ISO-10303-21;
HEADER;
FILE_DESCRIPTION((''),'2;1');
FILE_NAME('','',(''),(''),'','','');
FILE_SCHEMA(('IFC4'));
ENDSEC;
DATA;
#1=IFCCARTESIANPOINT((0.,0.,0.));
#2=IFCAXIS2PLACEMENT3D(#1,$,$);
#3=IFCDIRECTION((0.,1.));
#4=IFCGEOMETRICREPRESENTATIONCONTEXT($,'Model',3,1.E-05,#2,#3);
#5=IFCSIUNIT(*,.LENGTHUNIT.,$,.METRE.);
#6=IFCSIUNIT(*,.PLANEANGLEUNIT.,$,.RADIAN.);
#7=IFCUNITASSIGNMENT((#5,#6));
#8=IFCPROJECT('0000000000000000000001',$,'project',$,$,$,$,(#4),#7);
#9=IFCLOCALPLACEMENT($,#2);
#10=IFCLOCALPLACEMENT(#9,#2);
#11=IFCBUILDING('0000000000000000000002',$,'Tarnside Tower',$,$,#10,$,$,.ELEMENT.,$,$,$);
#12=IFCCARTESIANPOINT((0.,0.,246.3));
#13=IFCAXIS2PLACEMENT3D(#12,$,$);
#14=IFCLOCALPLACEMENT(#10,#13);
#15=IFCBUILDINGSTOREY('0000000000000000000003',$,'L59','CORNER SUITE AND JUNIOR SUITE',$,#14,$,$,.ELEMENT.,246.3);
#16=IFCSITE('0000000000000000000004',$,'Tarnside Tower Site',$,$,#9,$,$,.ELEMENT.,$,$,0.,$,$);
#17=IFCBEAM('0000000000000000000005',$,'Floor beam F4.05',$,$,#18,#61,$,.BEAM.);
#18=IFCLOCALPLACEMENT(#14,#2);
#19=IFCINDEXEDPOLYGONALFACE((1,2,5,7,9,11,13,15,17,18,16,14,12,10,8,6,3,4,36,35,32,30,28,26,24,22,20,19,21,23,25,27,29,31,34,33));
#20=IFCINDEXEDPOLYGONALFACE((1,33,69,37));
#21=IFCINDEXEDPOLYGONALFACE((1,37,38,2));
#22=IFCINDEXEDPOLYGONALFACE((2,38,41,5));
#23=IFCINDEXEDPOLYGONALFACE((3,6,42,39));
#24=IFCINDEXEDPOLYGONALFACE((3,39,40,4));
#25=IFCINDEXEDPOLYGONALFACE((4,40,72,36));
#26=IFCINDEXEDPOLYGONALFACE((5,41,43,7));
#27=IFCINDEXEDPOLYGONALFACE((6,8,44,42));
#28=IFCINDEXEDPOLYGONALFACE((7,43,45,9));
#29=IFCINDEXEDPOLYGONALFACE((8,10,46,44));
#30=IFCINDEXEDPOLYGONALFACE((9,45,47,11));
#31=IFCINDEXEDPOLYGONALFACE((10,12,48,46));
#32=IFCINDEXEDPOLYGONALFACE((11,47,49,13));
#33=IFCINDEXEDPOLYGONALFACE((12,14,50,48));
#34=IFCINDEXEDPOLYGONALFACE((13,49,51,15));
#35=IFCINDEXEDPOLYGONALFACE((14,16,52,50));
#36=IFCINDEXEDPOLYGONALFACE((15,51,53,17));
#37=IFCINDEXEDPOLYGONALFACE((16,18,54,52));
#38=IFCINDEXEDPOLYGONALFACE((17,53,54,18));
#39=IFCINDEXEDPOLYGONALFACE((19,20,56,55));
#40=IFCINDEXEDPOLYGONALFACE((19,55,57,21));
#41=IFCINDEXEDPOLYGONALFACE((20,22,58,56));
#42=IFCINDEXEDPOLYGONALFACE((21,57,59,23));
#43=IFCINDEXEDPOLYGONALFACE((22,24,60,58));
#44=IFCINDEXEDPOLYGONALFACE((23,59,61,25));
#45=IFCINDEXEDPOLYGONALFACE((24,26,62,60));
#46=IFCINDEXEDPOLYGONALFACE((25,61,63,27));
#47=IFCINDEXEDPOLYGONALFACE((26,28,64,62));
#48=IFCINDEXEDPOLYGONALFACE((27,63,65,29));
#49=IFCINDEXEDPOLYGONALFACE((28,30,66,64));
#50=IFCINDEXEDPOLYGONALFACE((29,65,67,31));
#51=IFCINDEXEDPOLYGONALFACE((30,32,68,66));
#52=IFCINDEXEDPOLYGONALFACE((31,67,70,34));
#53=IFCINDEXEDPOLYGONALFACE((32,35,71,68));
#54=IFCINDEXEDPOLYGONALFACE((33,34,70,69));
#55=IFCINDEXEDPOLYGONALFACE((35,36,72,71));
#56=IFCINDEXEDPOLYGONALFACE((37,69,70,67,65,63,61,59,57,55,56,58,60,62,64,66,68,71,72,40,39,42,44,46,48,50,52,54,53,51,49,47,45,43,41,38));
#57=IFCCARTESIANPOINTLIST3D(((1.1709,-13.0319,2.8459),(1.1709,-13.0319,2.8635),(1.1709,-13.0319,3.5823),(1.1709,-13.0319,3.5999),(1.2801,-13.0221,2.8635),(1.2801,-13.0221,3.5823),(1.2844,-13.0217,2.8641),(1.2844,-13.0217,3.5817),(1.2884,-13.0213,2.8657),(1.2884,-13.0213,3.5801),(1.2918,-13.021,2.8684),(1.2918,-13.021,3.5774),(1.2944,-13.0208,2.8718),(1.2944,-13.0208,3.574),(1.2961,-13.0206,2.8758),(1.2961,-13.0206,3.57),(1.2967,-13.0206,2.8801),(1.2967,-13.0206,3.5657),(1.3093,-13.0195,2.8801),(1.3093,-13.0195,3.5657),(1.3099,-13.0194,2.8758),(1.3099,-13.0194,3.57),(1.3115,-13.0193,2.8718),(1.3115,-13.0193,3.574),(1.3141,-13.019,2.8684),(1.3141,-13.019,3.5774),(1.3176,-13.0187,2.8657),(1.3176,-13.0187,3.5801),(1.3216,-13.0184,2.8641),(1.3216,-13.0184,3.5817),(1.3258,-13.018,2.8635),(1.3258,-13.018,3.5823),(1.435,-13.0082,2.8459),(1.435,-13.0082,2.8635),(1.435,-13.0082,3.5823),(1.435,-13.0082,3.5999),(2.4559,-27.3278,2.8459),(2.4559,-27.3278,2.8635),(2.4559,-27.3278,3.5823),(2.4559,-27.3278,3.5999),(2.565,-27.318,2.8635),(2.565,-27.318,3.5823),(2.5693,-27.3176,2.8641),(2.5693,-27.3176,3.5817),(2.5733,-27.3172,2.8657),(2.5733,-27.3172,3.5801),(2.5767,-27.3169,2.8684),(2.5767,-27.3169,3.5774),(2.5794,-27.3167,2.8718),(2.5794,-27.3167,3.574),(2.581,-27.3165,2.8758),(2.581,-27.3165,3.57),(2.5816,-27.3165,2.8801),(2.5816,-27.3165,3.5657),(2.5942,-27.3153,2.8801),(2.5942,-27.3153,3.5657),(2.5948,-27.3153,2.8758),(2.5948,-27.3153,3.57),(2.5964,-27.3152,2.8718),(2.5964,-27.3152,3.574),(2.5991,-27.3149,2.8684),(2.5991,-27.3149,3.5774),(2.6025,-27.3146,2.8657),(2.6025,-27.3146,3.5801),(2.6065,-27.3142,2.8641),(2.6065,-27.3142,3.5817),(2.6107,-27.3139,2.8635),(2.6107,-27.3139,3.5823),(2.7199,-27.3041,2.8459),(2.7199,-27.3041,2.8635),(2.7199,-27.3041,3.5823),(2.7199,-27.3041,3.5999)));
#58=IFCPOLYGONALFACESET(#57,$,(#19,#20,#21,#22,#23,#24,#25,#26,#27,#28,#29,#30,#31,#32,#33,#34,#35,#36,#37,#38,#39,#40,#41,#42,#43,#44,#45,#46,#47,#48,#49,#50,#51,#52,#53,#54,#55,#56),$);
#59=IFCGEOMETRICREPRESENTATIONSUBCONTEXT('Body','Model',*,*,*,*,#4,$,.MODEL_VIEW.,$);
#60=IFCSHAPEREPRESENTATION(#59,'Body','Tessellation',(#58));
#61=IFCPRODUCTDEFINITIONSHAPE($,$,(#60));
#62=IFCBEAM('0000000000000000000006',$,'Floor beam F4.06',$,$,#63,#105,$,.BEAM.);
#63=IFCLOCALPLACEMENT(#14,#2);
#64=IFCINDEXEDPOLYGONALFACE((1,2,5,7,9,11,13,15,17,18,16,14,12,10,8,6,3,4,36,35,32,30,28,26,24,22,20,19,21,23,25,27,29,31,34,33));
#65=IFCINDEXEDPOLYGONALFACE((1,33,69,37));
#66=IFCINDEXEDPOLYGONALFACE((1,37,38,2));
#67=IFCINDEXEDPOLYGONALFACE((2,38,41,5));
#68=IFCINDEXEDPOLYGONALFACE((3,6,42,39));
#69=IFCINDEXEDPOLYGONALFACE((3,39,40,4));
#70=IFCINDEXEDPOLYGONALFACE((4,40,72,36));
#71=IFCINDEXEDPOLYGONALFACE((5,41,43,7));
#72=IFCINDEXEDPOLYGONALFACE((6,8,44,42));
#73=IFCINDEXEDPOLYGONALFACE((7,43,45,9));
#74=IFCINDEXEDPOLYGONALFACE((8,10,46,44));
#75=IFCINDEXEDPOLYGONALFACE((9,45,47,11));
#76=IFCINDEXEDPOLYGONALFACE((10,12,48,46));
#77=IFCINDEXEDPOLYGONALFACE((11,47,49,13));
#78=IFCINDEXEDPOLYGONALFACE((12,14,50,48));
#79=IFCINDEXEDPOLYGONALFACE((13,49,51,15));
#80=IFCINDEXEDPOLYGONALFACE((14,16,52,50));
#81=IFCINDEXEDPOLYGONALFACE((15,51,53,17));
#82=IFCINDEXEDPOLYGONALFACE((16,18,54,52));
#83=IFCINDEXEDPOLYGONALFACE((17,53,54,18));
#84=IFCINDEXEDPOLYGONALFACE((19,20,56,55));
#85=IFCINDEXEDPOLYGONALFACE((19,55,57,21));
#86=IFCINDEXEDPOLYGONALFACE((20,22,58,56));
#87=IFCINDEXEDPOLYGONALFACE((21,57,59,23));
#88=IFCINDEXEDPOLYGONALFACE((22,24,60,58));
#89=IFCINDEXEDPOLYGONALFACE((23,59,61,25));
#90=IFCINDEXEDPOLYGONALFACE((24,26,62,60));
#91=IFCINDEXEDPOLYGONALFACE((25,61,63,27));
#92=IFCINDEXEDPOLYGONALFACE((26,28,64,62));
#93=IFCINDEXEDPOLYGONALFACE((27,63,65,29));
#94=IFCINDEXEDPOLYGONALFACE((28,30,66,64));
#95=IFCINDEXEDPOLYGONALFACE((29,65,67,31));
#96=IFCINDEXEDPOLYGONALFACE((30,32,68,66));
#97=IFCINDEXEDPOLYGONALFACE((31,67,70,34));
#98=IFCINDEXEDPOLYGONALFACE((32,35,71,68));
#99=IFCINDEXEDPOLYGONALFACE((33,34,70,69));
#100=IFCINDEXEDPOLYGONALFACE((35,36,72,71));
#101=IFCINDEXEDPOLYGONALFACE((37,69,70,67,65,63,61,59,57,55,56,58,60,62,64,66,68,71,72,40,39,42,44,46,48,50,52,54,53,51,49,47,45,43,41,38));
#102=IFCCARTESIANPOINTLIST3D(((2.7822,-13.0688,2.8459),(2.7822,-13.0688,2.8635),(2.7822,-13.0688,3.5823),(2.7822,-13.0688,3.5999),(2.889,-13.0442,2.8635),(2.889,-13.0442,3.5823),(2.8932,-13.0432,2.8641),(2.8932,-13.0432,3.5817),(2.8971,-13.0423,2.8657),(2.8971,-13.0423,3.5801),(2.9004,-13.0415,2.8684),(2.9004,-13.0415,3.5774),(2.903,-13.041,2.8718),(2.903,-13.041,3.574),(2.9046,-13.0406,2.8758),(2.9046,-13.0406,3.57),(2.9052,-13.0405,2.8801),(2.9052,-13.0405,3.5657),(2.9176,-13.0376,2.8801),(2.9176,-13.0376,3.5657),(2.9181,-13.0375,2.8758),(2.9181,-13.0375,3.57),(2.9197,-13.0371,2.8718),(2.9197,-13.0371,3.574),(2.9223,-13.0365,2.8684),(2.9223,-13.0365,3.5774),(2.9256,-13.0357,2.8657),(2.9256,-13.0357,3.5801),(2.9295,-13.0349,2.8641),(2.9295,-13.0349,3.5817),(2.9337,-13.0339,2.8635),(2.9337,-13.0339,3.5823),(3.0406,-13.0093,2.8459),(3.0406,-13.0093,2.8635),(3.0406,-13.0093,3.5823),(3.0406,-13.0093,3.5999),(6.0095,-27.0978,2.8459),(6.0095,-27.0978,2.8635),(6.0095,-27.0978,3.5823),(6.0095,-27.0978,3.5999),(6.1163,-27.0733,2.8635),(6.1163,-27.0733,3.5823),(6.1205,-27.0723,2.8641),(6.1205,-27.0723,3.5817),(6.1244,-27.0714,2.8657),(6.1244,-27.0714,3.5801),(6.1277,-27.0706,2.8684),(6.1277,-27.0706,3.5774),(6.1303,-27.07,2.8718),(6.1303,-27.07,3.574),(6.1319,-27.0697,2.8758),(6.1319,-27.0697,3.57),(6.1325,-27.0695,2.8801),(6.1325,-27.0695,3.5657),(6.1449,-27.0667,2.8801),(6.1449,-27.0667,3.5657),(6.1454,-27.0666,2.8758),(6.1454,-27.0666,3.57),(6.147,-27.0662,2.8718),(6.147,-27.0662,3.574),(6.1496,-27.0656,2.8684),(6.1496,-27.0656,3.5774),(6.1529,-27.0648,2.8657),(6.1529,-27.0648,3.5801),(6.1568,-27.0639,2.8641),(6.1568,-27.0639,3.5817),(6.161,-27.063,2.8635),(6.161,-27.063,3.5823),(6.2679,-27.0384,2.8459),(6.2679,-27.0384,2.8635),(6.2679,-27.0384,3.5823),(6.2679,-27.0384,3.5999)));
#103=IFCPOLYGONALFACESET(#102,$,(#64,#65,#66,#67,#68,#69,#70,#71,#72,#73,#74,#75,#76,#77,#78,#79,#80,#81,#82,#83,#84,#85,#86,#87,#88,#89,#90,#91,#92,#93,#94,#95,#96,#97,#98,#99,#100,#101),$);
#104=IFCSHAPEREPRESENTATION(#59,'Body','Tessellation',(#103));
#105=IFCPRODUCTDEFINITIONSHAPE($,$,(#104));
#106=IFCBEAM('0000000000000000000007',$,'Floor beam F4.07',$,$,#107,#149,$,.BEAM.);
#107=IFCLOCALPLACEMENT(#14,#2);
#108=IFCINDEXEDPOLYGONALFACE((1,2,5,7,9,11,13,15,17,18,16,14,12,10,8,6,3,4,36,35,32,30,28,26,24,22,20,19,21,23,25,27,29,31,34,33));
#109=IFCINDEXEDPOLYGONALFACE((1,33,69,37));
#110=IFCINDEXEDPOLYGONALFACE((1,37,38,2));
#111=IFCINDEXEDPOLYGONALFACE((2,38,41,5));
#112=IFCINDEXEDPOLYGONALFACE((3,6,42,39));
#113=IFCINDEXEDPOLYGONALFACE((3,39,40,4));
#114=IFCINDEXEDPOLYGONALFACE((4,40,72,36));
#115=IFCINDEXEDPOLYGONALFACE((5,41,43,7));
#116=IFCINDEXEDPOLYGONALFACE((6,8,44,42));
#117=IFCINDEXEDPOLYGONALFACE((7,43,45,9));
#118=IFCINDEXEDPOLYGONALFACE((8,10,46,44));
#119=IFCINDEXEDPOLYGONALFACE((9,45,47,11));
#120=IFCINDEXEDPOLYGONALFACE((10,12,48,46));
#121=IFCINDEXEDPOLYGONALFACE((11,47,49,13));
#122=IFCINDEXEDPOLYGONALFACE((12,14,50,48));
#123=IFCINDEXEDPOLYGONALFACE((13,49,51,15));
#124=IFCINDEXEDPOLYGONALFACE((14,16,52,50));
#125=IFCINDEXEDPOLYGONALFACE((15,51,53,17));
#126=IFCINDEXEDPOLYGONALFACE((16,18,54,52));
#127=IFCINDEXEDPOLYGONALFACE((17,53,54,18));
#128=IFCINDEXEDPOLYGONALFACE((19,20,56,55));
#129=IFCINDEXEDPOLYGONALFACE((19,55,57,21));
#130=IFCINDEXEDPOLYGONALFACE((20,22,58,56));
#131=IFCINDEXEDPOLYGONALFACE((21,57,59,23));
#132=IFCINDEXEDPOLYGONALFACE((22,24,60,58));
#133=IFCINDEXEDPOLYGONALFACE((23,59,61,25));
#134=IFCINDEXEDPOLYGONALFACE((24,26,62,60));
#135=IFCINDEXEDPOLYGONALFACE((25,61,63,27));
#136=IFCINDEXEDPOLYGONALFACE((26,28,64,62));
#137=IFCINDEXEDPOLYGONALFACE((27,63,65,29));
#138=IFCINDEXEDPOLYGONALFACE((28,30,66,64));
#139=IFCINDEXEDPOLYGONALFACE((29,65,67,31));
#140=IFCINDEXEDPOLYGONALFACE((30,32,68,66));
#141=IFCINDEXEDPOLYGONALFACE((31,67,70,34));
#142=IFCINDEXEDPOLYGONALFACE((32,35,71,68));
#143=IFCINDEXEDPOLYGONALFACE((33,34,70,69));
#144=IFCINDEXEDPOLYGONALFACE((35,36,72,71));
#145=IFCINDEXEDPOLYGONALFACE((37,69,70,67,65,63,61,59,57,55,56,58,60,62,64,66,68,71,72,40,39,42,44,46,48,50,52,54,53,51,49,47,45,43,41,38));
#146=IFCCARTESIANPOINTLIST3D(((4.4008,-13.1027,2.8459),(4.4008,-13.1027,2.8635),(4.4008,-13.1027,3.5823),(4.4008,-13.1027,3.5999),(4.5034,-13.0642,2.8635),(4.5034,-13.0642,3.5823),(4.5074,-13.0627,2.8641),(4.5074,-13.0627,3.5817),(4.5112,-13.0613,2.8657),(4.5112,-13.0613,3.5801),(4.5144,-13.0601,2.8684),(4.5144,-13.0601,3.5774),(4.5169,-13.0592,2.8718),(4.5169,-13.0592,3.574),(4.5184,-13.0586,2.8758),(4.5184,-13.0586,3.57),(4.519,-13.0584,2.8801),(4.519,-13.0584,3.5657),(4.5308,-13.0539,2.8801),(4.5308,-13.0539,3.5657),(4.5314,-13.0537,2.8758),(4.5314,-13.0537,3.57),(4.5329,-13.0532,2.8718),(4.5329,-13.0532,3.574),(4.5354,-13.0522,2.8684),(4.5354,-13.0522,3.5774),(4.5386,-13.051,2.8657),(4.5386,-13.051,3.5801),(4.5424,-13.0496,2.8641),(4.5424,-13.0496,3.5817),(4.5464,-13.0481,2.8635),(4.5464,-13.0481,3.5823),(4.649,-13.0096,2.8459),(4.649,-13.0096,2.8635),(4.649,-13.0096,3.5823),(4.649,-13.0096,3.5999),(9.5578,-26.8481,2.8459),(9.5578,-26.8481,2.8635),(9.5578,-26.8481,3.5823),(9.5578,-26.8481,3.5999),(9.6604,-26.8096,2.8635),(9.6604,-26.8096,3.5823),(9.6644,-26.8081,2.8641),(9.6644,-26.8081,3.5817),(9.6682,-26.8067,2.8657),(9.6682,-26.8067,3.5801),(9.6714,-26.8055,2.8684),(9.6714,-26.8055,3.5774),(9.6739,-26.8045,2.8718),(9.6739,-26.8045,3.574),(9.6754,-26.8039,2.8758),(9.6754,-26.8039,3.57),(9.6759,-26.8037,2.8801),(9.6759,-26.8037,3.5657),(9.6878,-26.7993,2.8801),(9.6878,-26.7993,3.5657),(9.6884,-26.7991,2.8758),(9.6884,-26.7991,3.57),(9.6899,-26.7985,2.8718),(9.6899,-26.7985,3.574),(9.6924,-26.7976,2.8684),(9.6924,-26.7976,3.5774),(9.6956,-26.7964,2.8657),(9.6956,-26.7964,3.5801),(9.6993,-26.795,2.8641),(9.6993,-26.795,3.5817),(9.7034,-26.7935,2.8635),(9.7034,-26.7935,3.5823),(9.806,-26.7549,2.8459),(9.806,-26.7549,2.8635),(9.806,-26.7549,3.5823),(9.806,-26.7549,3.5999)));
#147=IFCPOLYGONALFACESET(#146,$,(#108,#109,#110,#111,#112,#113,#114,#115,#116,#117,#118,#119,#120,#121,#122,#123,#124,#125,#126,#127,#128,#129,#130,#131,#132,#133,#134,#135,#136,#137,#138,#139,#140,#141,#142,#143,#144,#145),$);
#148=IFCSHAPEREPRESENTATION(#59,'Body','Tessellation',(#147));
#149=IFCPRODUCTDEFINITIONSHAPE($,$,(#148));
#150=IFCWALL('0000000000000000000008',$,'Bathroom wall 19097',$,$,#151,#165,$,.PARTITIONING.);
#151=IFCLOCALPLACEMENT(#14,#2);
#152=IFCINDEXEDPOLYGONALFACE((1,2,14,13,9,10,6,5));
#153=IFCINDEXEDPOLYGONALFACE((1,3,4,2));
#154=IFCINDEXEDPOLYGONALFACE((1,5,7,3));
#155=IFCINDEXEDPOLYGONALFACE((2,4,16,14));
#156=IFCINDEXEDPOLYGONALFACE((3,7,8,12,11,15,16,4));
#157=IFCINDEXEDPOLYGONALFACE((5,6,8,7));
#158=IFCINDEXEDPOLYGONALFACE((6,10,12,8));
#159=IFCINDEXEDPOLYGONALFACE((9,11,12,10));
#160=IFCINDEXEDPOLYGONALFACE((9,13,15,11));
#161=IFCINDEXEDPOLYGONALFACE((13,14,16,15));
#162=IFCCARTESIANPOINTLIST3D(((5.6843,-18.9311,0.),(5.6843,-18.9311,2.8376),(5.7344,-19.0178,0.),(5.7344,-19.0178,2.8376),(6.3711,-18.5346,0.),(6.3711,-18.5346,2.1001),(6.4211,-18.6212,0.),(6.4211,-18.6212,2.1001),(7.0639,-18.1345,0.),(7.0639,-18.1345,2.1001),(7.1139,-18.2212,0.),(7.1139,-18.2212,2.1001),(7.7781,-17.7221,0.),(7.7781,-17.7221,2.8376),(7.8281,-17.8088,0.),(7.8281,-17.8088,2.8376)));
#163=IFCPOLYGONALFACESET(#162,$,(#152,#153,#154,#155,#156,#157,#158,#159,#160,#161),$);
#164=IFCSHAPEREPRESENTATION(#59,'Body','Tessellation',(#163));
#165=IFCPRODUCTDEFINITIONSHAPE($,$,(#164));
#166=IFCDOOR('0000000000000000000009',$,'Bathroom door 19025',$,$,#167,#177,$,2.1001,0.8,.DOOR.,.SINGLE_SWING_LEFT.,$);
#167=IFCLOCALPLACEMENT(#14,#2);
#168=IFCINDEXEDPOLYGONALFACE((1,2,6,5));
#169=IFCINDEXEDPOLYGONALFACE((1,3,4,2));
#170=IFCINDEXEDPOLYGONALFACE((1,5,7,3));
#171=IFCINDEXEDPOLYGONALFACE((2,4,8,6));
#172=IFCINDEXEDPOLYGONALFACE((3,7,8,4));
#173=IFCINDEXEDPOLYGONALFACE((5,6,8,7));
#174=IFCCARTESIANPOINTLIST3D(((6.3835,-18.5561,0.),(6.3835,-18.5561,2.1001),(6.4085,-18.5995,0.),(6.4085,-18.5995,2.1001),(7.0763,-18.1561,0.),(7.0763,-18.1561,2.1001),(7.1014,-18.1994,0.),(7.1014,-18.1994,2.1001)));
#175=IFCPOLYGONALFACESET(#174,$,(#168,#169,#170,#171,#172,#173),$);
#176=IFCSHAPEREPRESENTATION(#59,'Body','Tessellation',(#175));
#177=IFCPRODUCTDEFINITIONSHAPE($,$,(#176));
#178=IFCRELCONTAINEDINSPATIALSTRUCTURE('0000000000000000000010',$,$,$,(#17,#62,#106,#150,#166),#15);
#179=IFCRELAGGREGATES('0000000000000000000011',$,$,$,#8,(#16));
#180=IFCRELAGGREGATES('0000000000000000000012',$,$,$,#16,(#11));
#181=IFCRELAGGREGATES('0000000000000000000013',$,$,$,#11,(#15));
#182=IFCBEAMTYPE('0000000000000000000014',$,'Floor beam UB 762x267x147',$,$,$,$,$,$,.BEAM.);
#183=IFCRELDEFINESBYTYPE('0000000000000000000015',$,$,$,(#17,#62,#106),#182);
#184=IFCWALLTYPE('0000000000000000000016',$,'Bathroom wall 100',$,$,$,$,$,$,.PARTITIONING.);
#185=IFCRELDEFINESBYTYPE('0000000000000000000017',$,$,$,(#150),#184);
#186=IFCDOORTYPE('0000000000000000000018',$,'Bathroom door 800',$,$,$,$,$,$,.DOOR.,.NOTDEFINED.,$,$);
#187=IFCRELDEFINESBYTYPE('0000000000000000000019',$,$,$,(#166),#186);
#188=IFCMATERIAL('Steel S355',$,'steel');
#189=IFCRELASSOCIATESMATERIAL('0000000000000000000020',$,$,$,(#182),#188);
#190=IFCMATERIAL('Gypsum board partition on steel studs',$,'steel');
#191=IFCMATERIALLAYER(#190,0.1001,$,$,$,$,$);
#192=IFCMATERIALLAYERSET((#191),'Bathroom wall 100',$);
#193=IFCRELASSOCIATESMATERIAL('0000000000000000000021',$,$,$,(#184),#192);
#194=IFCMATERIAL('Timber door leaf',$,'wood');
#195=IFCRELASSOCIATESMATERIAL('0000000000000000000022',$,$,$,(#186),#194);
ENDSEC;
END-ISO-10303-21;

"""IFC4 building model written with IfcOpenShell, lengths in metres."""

from ifc_helpers import new_model, si_unit, direction, frame, frame_2d, origin, origin_2d, place, context, subcontext, project, spatial, rectangle, i_section, extrude, material, layer, layer_set, material_profile, profile_set, type_object, element, fill, save


model = new_model("IFC4")

# Units and contexts
model_context = context("Model", 3, precision=1e-05, world=origin(), true_north=direction((0.0, 1.0)))
body_context = subcontext(model_context, "Body", "Model", "MODEL_VIEW")
ifc_project = project(units=[si_unit("LENGTHUNIT", "METRE"), si_unit("PLANEANGLEUNIT", "RADIAN")], contexts=[model_context])

# Site, building, storey
site_placement = place(None, origin())
site = spatial("IfcSite", under=ifc_project, at=site_placement, Name="Tarnside Tower Site", CompositionType="ELEMENT", RefElevation=0.0)
building_placement = place(site_placement, origin())
building = spatial("IfcBuilding", under=site, at=building_placement, Name="Tarnside Tower", CompositionType="ELEMENT")
storey_placement = place(building_placement, frame((0.0, 0.0, 246.3)))
storey = spatial("IfcBuildingStorey", under=building, at=storey_placement, Name="L59", Description="CORNER SUITE AND JUNIOR SUITE", CompositionType="ELEMENT", Elevation=246.3)

# Beams
ifc_material_1 = material(Name="Steel S355", Category="steel")
ifc_material_profile = material_profile(ifc_material_1, i_section(OverallWidth=0.2651, OverallDepth=0.7539, WebThickness=0.0127, FlangeThickness=0.0176, FilletRadius=0.0166, at=origin_2d()), Name="UB 762x267x147")
ifc_profile_set = profile_set([ifc_material_profile], Name="Steel S355")
beam_type = type_object("IfcBeamType", Name="Floor beam UB 762x267x147", PredefinedType="BEAM", material=ifc_profile_set)
beam_1_placement = place(storey_placement, frame((2.5879, -27.3159, 3.2229), z_axis=(-0.089519, 0.995985, 0.0), x_axis=(-0.995985, -0.089519, 0.0)))
element("IfcBeam", 1, at=beam_1_placement, inside=storey, type_object=beam_type, Name="Floor beam F4.05", PredefinedType="BEAM", context=body_context, shape_type="SweptSolid", body=[
    extrude(i_section(OverallWidth=0.2651, OverallDepth=0.7539, WebThickness=0.0127, FlangeThickness=0.0176, FilletRadius=0.0166, at=origin_2d()), origin(), (0.0, 0.0, 1.0), 14.3535),
])
beam_2_placement = place(storey_placement, frame((6.1387, -27.0681, 3.2229), z_axis=(-0.224188, 0.974546, 0.0), x_axis=(-0.974546, -0.224188, 0.0)))
element("IfcBeam", 2, at=beam_2_placement, inside=storey, type_object=beam_type, Name="Floor beam F4.06", PredefinedType="BEAM", context=body_context, shape_type="SweptSolid", body=[
    extrude(i_section(OverallWidth=0.2651, OverallDepth=0.7539, WebThickness=0.0127, FlangeThickness=0.0176, FilletRadius=0.0166, at=origin_2d()), origin(), (0.0, 0.0, 1.0), 14.3955),
])
beam_3_placement = place(storey_placement, frame((9.6819, -26.8015, 3.2229), z_axis=(-0.351271, 0.936274, 0.0), x_axis=(-0.936274, -0.351271, 0.0)))
element("IfcBeam", 3, at=beam_3_placement, inside=storey, type_object=beam_type, Name="Floor beam F4.07", PredefinedType="BEAM", context=body_context, shape_type="SweptSolid", body=[
    extrude(i_section(OverallWidth=0.2651, OverallDepth=0.7539, WebThickness=0.0127, FlangeThickness=0.0176, FilletRadius=0.0166, at=origin_2d()), origin(), (0.0, 0.0, 1.0), 14.6809),
])

# Wall, opening, door
ifc_material_2 = material(Name="Gypsum board partition on steel studs", Category="steel")
ifc_layer_1 = layer(ifc_material_2, 0.1001)
ifc_layer_set_1 = layer_set([ifc_layer_1], Name="Bathroom wall 100")
wall_type_1 = type_object("IfcWallType", Name="Bathroom wall 100", PredefinedType="PARTITIONING", material=ifc_layer_set_1)
wall_1_placement = place(storey_placement, frame((7.8032, -17.7654, 0.0), z_axis=(0.0, 0.0, 1.0), x_axis=(-0.865997, -0.500049, 0.0)))
wall_1 = element("IfcWall", 4, at=wall_1_placement, inside=storey, type_object=wall_type_1, Name="Bathroom wall 19097", PredefinedType="PARTITIONING", context=body_context, shape_type="SweptSolid", body=[
    extrude(rectangle(XDim=2.4177, YDim=0.1001, at=frame_2d((1.209, 0.0))), origin(), (0.0, 0.0, 1.0), 2.8376),
])
opening_1_placement = place(wall_1_placement, frame((0.825, 0.0, 0.0)))
opening_1 = element("IfcOpeningElement", 5, at=opening_1_placement, cuts=wall_1, PredefinedType="OPENING", context=body_context, shape_type="SweptSolid", body=[
    extrude(rectangle(XDim=0.8, YDim=2.1001, at=frame_2d((0.3999, 1.05))), frame((0.0, 0.0601, 0.0), z_axis=(0.0, -1.0, 0.0), x_axis=(1.0, 0.0, 0.0)), (0.0, 0.0, 1.0), 0.1201),
])
ifc_material_3 = material(Name="Timber door leaf", Category="wood")
door_type_1 = type_object("IfcDoorType", Name="Bathroom door 800", OperationType="NOTDEFINED", PredefinedType="DOOR", material=ifc_material_3)
door_1_placement = place(opening_1_placement, origin())
door_1 = element("IfcDoor", 6, at=door_1_placement, inside=storey, type_object=door_type_1, Name="Bathroom door 19025", OperationType="SINGLE_SWING_LEFT", OverallHeight=2.1001, OverallWidth=0.8, PredefinedType="DOOR", context=body_context, shape_type="SweptSolid", body=[
    extrude(rectangle(XDim=0.8, YDim=2.1001, at=frame_2d((0.3999, 1.05))), frame((0.0, 0.0249, 0.0), z_axis=(0.0, -1.0, 0.0), x_axis=(1.0, 0.0, 0.0)), (0.0, 0.0, 1.0), 0.05),
])
fill(opening_1, door_1)

save(model, "model.ifc")
